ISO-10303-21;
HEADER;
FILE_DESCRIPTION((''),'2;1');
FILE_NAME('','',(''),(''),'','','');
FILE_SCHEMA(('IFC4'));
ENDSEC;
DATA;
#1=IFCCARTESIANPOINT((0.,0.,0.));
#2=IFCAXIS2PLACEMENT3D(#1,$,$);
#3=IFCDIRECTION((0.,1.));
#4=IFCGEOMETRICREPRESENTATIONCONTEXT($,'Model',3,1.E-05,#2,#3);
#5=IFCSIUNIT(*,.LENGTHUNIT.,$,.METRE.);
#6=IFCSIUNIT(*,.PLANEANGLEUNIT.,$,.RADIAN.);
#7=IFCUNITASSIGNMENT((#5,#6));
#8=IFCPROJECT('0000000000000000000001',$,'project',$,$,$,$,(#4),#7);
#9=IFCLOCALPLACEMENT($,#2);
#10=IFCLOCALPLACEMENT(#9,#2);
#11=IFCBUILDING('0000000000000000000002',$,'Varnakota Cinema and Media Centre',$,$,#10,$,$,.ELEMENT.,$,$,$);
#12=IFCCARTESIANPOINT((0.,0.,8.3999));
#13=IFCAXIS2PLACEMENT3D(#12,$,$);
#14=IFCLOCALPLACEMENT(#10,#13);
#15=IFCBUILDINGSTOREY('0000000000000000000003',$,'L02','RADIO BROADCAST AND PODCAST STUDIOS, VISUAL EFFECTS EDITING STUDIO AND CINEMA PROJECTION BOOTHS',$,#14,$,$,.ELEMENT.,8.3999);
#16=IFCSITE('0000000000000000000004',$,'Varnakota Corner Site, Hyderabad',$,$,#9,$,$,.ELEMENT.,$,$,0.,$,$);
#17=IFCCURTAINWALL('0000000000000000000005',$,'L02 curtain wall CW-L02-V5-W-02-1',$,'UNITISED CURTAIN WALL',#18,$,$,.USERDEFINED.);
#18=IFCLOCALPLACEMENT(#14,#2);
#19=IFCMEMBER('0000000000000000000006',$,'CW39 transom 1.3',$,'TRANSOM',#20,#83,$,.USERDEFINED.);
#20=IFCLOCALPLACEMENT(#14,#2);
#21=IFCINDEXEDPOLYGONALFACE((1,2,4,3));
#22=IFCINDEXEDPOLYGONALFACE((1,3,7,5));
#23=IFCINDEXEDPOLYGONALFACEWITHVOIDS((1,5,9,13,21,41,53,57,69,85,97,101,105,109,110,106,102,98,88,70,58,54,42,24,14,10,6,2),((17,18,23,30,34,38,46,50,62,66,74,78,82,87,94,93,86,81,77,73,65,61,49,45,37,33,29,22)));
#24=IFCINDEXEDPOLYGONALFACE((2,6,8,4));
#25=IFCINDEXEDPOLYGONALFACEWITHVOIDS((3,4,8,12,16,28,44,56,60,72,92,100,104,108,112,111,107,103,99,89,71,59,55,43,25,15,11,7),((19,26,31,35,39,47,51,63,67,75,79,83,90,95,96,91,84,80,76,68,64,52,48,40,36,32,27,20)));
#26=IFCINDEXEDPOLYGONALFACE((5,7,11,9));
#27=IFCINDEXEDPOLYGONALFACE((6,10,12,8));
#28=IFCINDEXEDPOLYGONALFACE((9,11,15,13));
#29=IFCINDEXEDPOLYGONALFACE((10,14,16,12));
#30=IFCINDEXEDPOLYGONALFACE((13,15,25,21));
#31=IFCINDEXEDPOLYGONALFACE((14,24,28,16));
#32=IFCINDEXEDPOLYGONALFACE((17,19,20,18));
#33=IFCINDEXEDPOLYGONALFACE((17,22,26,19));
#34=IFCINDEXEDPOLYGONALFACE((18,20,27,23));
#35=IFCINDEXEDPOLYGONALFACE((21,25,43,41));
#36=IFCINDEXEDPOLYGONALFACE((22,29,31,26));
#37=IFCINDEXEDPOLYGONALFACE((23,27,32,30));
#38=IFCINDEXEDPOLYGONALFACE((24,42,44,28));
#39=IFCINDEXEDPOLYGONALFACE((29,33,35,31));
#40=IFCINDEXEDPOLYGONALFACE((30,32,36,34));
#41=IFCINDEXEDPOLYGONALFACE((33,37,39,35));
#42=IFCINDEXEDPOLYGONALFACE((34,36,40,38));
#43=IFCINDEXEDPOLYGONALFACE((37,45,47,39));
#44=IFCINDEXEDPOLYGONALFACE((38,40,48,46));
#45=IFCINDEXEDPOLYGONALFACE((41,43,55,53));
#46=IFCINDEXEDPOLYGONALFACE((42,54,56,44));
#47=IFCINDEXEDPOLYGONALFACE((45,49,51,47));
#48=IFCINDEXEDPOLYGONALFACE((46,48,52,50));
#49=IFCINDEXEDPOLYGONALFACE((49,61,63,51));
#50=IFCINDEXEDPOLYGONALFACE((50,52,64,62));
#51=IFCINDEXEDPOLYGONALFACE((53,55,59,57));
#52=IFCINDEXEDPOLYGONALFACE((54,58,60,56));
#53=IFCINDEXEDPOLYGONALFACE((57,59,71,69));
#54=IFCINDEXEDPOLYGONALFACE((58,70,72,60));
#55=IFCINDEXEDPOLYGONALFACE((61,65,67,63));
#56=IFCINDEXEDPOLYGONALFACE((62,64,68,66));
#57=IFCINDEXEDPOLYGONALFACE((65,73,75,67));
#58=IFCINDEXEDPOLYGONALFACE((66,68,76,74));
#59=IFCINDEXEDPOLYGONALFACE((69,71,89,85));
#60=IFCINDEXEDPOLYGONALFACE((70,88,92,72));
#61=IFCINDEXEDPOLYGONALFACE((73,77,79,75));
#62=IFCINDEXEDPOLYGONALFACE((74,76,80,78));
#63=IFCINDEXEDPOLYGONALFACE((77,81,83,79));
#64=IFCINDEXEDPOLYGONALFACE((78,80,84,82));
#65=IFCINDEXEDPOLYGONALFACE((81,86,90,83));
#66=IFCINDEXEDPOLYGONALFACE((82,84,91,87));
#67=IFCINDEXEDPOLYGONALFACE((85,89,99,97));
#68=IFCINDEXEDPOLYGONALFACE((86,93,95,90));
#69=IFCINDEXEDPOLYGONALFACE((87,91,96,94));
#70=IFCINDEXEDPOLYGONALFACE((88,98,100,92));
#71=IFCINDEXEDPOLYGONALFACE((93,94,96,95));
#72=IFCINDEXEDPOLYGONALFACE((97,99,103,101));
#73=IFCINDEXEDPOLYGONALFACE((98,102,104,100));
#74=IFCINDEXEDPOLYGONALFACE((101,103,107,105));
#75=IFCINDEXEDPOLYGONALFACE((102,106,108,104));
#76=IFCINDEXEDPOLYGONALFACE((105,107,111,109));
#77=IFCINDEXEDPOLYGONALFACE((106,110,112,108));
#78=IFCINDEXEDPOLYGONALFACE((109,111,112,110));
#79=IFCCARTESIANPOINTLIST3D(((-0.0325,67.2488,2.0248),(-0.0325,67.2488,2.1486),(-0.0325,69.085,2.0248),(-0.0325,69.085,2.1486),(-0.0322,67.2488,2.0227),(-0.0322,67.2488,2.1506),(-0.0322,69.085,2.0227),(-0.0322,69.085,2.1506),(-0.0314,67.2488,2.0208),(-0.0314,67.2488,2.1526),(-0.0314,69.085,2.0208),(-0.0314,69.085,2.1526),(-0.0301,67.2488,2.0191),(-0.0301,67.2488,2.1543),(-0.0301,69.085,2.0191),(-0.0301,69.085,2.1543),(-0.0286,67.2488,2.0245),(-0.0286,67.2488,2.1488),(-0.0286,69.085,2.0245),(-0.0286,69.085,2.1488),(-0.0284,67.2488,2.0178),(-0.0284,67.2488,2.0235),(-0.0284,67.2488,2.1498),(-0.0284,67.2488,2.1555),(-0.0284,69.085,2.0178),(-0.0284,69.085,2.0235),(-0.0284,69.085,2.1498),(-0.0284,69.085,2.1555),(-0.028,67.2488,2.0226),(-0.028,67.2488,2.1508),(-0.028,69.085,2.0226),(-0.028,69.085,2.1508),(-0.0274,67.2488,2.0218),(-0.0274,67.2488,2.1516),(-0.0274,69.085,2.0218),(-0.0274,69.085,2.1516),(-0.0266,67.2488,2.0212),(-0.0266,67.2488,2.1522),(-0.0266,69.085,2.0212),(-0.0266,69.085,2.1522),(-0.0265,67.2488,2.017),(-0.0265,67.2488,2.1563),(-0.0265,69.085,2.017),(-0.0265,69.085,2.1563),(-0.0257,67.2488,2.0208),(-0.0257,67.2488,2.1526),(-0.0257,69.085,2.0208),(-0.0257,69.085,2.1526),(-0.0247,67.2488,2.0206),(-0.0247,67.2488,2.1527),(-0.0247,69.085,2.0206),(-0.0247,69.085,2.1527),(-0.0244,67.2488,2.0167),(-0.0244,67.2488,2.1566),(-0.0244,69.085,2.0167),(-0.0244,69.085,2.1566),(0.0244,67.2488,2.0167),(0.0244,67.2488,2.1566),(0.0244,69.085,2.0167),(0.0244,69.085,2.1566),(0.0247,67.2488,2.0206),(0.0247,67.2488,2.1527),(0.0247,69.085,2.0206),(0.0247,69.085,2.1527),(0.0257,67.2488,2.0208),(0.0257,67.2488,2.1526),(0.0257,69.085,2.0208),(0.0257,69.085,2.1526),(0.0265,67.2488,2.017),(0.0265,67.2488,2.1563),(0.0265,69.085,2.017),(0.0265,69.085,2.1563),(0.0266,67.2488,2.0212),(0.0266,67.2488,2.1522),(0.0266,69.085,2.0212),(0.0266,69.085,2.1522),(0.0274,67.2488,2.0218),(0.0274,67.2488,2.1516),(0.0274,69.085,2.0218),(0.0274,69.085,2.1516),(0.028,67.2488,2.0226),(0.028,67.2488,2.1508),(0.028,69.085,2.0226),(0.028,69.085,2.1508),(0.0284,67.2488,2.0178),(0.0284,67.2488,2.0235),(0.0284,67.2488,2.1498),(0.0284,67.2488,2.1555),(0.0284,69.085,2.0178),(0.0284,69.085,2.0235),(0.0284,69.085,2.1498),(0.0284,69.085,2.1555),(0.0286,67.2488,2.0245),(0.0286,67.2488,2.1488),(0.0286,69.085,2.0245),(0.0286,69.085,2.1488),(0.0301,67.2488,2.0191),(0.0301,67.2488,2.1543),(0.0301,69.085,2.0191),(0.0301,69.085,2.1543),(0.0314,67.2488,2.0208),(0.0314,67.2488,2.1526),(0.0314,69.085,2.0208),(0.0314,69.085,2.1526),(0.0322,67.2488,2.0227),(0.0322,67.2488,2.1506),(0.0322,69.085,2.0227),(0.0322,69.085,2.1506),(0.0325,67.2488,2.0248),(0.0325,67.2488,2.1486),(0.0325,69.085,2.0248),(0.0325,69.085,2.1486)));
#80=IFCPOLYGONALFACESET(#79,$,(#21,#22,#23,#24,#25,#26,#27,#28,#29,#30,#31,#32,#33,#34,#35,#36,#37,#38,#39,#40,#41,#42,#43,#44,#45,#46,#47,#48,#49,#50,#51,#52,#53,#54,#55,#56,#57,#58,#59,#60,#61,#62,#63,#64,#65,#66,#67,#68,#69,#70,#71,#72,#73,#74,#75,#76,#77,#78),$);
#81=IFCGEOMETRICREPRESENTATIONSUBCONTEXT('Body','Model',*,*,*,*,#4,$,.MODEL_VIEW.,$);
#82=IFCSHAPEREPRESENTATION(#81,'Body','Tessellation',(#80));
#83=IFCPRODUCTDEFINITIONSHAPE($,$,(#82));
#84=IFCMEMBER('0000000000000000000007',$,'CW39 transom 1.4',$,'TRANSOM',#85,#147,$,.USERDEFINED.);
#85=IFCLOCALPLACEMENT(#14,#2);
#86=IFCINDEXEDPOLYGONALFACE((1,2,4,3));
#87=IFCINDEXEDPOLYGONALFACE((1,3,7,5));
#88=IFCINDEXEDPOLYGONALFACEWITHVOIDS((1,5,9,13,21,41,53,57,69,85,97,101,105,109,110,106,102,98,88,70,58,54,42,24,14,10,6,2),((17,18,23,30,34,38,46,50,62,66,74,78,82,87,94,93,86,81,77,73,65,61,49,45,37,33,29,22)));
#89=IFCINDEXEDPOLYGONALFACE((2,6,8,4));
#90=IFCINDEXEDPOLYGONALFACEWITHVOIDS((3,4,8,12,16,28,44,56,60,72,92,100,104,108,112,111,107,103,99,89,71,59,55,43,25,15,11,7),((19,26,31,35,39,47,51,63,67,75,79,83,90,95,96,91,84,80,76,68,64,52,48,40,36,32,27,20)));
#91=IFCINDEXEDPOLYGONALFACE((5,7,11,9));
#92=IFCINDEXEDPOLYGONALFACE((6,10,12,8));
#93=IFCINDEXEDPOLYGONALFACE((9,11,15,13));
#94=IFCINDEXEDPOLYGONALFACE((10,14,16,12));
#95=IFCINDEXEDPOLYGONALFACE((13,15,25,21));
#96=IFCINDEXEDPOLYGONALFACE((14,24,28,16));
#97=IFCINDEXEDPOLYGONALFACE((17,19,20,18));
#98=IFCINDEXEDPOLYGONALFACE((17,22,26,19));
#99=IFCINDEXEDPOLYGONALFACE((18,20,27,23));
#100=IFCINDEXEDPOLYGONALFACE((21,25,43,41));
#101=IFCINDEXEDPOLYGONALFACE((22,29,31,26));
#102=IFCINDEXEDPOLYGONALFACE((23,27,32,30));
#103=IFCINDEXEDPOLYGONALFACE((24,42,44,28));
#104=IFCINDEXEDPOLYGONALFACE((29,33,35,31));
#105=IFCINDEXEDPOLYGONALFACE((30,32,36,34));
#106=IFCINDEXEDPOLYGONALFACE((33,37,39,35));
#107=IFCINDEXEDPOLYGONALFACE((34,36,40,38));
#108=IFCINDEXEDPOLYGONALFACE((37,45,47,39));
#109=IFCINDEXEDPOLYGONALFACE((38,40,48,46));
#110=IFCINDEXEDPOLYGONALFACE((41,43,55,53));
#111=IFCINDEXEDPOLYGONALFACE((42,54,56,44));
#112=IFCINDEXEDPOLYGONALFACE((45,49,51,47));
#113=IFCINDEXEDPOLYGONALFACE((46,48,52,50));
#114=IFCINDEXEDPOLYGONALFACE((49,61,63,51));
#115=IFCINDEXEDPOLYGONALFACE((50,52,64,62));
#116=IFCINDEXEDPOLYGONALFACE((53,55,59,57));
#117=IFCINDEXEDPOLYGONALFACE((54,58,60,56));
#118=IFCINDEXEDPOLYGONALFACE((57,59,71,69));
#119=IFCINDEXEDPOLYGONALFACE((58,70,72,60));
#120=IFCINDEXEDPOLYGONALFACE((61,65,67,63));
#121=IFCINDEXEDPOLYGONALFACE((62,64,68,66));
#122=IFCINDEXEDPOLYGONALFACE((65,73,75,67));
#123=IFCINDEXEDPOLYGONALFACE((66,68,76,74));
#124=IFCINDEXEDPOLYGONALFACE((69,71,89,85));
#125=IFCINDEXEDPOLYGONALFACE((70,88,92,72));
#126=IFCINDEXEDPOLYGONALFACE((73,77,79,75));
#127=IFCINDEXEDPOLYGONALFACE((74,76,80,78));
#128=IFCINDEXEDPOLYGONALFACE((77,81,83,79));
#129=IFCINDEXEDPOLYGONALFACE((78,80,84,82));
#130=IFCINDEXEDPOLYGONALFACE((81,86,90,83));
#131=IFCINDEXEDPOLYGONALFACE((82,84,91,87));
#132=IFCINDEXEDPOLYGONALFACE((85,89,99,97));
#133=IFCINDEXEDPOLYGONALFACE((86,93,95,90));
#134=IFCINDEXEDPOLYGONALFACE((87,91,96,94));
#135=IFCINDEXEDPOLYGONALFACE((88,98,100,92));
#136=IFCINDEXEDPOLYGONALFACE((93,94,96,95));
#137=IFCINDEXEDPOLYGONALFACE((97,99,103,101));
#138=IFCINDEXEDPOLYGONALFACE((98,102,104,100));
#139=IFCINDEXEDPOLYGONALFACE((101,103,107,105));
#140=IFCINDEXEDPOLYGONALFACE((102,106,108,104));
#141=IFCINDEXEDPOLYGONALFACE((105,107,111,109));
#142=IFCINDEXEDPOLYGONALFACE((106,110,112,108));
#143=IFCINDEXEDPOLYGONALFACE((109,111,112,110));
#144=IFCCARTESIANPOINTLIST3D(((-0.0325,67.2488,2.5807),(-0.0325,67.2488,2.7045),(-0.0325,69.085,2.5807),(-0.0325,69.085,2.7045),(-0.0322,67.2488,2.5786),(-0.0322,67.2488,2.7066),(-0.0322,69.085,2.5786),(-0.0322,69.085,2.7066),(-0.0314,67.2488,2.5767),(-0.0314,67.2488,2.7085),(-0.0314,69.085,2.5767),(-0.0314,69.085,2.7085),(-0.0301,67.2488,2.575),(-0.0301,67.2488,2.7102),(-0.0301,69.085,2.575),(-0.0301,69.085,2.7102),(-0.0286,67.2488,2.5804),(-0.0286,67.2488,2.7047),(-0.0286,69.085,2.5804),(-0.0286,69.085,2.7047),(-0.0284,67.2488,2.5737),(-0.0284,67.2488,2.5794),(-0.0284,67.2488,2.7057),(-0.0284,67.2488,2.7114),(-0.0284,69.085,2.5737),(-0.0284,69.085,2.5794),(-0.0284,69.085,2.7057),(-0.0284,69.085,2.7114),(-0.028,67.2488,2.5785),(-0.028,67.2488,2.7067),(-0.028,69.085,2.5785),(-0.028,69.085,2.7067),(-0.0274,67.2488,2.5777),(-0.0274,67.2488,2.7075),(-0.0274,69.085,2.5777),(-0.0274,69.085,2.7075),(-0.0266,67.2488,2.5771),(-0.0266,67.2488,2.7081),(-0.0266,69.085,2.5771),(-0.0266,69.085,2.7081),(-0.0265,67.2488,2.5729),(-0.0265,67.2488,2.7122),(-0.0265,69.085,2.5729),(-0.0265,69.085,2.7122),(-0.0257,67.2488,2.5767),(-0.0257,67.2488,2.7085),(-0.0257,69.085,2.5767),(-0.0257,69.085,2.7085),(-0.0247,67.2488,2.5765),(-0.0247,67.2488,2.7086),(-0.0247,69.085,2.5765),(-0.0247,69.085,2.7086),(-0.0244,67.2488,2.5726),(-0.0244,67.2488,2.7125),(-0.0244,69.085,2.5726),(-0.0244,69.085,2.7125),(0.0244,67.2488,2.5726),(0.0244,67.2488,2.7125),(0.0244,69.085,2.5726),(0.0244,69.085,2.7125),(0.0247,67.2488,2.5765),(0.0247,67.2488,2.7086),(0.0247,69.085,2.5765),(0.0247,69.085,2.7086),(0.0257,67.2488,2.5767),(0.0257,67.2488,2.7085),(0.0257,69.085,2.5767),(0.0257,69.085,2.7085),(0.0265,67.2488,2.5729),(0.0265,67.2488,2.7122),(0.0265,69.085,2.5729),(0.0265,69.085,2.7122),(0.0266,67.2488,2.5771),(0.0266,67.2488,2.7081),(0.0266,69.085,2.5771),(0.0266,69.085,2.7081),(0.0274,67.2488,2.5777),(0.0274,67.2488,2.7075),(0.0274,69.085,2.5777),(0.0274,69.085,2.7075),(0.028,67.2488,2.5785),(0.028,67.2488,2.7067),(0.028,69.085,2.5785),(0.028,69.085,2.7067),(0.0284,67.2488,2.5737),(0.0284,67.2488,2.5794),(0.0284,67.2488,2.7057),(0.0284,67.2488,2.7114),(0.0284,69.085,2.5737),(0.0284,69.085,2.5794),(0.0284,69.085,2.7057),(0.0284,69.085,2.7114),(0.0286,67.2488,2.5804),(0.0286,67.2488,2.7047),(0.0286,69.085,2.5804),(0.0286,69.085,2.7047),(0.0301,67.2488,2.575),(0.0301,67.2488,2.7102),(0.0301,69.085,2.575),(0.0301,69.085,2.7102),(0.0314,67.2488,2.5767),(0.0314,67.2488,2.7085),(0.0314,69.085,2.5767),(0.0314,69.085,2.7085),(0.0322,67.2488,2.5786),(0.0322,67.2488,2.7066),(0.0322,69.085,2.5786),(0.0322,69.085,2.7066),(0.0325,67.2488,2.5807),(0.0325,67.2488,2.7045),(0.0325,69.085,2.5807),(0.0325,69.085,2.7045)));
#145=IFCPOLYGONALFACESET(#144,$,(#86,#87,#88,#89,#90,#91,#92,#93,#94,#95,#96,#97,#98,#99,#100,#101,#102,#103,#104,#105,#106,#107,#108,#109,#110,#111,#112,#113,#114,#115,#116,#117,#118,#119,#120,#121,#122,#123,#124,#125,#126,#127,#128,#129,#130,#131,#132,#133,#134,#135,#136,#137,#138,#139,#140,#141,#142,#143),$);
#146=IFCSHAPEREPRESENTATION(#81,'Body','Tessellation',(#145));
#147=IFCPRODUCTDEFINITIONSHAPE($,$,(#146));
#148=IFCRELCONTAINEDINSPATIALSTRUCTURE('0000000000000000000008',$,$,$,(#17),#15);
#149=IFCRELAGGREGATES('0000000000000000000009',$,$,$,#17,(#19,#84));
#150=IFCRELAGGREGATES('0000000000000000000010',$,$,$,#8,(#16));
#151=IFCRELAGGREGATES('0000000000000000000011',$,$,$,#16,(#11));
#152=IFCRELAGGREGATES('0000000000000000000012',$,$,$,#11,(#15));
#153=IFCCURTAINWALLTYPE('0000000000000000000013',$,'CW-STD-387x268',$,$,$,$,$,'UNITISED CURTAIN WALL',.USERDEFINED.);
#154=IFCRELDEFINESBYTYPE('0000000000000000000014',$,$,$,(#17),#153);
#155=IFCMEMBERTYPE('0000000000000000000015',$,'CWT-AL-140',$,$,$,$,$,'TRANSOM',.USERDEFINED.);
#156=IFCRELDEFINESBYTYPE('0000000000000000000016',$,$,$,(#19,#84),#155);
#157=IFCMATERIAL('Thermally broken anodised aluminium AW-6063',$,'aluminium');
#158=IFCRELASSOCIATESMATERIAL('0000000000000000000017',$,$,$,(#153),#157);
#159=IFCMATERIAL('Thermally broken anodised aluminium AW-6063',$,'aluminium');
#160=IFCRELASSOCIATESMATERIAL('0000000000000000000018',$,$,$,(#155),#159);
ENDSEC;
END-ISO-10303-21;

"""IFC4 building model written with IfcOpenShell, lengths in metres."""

from ifc_helpers import new_model, si_unit, direction, frame, origin, origin_2d, place, context, subcontext, project, spatial, hollow_rectangle, extrude, material, material_profile, profile_set, type_object, element, aggregate, save


model = new_model("IFC4")

# Units and contexts
model_context = context("Model", 3, precision=1e-05, world=origin(), true_north=direction((0.0, 1.0)))
body_context = subcontext(model_context, "Body", "Model", "MODEL_VIEW")
ifc_project = project(units=[si_unit("LENGTHUNIT", "METRE"), si_unit("PLANEANGLEUNIT", "RADIAN")], contexts=[model_context])

# Site, building, storey
site_placement = place(None, origin())
site = spatial("IfcSite", under=ifc_project, at=site_placement, Name="Varnakota Corner Site, Hyderabad", CompositionType="ELEMENT", RefElevation=0.0)
building_placement = place(site_placement, origin())
building = spatial("IfcBuilding", under=site, at=building_placement, Name="Varnakota Cinema and Media Centre", CompositionType="ELEMENT")
storey_placement = place(building_placement, frame((0.0, 0.0, 8.3999)))
storey = spatial("IfcBuildingStorey", under=building, at=storey_placement, Name="L02", Description="RADIO BROADCAST AND PODCAST STUDIOS, VISUAL EFFECTS EDITING STUDIO AND CINEMA PROJECTION BOOTHS", CompositionType="ELEMENT", Elevation=8.3999)

# Curtain wall, members
ifc_material_1 = material(Name="Thermally broken anodised aluminium AW-6063", Category="aluminium")
curtain_wall_type = type_object("IfcCurtainWallType", Name="CW-STD-387x268", ElementType="UNITISED CURTAIN WALL", PredefinedType="USERDEFINED", material=ifc_material_1)
curtain_wall_placement = place(storey_placement, origin())
curtain_wall = element("IfcCurtainWall", 1, at=curtain_wall_placement, inside=storey, type_object=curtain_wall_type, Name="L02 curtain wall CW-L02-V5-W-02-1", ObjectType="UNITISED CURTAIN WALL", PredefinedType="USERDEFINED")
ifc_material_2 = material(Name="Thermally broken anodised aluminium AW-6063", Category="aluminium")
ifc_material_profile_1 = material_profile(ifc_material_2, hollow_rectangle(XDim=0.0649, YDim=0.1399, WallThickness=0.0039, InnerFilletRadius=0.0039, OuterFilletRadius=0.0081, at=origin_2d()), Name="AL-TRANSOM 140x65x4")
ifc_profile_set_1 = profile_set([ifc_material_profile_1], Name="Thermally broken anodised aluminium AW-6063")
member_type_1 = type_object("IfcMemberType", Name="CWT-AL-140", ElementType="TRANSOM", PredefinedType="USERDEFINED", material=ifc_profile_set_1)
member_1_placement = place(storey_placement, frame((0.0, 69.085, 2.0867), z_axis=(0.0, -1.0, 0.0), x_axis=(1.0, 0.0, 0.0)))
member_1 = element("IfcMember", 2, at=member_1_placement, type_object=member_type_1, Name="CW39 transom 1.3", ObjectType="TRANSOM", PredefinedType="USERDEFINED", context=body_context, shape_type="SweptSolid", body=[
    extrude(hollow_rectangle(XDim=0.0649, YDim=0.1399, WallThickness=0.0039, InnerFilletRadius=0.0039, OuterFilletRadius=0.0081, at=origin_2d()), origin(), (0.0, 0.0, 1.0), 1.8362),
])
member_2_placement = place(storey_placement, frame((0.0, 69.085, 2.6426), z_axis=(0.0, -1.0, 0.0), x_axis=(1.0, 0.0, 0.0)))
member_2 = element("IfcMember", 3, at=member_2_placement, type_object=member_type_1, Name="CW39 transom 1.4", ObjectType="TRANSOM", PredefinedType="USERDEFINED", context=body_context, shape_type="SweptSolid", body=[
    extrude(hollow_rectangle(XDim=0.0649, YDim=0.1399, WallThickness=0.0039, InnerFilletRadius=0.0039, OuterFilletRadius=0.0081, at=origin_2d()), origin(), (0.0, 0.0, 1.0), 1.8362),
])
aggregate(curtain_wall, [member_1, member_2])

save(model, "model.ifc")
